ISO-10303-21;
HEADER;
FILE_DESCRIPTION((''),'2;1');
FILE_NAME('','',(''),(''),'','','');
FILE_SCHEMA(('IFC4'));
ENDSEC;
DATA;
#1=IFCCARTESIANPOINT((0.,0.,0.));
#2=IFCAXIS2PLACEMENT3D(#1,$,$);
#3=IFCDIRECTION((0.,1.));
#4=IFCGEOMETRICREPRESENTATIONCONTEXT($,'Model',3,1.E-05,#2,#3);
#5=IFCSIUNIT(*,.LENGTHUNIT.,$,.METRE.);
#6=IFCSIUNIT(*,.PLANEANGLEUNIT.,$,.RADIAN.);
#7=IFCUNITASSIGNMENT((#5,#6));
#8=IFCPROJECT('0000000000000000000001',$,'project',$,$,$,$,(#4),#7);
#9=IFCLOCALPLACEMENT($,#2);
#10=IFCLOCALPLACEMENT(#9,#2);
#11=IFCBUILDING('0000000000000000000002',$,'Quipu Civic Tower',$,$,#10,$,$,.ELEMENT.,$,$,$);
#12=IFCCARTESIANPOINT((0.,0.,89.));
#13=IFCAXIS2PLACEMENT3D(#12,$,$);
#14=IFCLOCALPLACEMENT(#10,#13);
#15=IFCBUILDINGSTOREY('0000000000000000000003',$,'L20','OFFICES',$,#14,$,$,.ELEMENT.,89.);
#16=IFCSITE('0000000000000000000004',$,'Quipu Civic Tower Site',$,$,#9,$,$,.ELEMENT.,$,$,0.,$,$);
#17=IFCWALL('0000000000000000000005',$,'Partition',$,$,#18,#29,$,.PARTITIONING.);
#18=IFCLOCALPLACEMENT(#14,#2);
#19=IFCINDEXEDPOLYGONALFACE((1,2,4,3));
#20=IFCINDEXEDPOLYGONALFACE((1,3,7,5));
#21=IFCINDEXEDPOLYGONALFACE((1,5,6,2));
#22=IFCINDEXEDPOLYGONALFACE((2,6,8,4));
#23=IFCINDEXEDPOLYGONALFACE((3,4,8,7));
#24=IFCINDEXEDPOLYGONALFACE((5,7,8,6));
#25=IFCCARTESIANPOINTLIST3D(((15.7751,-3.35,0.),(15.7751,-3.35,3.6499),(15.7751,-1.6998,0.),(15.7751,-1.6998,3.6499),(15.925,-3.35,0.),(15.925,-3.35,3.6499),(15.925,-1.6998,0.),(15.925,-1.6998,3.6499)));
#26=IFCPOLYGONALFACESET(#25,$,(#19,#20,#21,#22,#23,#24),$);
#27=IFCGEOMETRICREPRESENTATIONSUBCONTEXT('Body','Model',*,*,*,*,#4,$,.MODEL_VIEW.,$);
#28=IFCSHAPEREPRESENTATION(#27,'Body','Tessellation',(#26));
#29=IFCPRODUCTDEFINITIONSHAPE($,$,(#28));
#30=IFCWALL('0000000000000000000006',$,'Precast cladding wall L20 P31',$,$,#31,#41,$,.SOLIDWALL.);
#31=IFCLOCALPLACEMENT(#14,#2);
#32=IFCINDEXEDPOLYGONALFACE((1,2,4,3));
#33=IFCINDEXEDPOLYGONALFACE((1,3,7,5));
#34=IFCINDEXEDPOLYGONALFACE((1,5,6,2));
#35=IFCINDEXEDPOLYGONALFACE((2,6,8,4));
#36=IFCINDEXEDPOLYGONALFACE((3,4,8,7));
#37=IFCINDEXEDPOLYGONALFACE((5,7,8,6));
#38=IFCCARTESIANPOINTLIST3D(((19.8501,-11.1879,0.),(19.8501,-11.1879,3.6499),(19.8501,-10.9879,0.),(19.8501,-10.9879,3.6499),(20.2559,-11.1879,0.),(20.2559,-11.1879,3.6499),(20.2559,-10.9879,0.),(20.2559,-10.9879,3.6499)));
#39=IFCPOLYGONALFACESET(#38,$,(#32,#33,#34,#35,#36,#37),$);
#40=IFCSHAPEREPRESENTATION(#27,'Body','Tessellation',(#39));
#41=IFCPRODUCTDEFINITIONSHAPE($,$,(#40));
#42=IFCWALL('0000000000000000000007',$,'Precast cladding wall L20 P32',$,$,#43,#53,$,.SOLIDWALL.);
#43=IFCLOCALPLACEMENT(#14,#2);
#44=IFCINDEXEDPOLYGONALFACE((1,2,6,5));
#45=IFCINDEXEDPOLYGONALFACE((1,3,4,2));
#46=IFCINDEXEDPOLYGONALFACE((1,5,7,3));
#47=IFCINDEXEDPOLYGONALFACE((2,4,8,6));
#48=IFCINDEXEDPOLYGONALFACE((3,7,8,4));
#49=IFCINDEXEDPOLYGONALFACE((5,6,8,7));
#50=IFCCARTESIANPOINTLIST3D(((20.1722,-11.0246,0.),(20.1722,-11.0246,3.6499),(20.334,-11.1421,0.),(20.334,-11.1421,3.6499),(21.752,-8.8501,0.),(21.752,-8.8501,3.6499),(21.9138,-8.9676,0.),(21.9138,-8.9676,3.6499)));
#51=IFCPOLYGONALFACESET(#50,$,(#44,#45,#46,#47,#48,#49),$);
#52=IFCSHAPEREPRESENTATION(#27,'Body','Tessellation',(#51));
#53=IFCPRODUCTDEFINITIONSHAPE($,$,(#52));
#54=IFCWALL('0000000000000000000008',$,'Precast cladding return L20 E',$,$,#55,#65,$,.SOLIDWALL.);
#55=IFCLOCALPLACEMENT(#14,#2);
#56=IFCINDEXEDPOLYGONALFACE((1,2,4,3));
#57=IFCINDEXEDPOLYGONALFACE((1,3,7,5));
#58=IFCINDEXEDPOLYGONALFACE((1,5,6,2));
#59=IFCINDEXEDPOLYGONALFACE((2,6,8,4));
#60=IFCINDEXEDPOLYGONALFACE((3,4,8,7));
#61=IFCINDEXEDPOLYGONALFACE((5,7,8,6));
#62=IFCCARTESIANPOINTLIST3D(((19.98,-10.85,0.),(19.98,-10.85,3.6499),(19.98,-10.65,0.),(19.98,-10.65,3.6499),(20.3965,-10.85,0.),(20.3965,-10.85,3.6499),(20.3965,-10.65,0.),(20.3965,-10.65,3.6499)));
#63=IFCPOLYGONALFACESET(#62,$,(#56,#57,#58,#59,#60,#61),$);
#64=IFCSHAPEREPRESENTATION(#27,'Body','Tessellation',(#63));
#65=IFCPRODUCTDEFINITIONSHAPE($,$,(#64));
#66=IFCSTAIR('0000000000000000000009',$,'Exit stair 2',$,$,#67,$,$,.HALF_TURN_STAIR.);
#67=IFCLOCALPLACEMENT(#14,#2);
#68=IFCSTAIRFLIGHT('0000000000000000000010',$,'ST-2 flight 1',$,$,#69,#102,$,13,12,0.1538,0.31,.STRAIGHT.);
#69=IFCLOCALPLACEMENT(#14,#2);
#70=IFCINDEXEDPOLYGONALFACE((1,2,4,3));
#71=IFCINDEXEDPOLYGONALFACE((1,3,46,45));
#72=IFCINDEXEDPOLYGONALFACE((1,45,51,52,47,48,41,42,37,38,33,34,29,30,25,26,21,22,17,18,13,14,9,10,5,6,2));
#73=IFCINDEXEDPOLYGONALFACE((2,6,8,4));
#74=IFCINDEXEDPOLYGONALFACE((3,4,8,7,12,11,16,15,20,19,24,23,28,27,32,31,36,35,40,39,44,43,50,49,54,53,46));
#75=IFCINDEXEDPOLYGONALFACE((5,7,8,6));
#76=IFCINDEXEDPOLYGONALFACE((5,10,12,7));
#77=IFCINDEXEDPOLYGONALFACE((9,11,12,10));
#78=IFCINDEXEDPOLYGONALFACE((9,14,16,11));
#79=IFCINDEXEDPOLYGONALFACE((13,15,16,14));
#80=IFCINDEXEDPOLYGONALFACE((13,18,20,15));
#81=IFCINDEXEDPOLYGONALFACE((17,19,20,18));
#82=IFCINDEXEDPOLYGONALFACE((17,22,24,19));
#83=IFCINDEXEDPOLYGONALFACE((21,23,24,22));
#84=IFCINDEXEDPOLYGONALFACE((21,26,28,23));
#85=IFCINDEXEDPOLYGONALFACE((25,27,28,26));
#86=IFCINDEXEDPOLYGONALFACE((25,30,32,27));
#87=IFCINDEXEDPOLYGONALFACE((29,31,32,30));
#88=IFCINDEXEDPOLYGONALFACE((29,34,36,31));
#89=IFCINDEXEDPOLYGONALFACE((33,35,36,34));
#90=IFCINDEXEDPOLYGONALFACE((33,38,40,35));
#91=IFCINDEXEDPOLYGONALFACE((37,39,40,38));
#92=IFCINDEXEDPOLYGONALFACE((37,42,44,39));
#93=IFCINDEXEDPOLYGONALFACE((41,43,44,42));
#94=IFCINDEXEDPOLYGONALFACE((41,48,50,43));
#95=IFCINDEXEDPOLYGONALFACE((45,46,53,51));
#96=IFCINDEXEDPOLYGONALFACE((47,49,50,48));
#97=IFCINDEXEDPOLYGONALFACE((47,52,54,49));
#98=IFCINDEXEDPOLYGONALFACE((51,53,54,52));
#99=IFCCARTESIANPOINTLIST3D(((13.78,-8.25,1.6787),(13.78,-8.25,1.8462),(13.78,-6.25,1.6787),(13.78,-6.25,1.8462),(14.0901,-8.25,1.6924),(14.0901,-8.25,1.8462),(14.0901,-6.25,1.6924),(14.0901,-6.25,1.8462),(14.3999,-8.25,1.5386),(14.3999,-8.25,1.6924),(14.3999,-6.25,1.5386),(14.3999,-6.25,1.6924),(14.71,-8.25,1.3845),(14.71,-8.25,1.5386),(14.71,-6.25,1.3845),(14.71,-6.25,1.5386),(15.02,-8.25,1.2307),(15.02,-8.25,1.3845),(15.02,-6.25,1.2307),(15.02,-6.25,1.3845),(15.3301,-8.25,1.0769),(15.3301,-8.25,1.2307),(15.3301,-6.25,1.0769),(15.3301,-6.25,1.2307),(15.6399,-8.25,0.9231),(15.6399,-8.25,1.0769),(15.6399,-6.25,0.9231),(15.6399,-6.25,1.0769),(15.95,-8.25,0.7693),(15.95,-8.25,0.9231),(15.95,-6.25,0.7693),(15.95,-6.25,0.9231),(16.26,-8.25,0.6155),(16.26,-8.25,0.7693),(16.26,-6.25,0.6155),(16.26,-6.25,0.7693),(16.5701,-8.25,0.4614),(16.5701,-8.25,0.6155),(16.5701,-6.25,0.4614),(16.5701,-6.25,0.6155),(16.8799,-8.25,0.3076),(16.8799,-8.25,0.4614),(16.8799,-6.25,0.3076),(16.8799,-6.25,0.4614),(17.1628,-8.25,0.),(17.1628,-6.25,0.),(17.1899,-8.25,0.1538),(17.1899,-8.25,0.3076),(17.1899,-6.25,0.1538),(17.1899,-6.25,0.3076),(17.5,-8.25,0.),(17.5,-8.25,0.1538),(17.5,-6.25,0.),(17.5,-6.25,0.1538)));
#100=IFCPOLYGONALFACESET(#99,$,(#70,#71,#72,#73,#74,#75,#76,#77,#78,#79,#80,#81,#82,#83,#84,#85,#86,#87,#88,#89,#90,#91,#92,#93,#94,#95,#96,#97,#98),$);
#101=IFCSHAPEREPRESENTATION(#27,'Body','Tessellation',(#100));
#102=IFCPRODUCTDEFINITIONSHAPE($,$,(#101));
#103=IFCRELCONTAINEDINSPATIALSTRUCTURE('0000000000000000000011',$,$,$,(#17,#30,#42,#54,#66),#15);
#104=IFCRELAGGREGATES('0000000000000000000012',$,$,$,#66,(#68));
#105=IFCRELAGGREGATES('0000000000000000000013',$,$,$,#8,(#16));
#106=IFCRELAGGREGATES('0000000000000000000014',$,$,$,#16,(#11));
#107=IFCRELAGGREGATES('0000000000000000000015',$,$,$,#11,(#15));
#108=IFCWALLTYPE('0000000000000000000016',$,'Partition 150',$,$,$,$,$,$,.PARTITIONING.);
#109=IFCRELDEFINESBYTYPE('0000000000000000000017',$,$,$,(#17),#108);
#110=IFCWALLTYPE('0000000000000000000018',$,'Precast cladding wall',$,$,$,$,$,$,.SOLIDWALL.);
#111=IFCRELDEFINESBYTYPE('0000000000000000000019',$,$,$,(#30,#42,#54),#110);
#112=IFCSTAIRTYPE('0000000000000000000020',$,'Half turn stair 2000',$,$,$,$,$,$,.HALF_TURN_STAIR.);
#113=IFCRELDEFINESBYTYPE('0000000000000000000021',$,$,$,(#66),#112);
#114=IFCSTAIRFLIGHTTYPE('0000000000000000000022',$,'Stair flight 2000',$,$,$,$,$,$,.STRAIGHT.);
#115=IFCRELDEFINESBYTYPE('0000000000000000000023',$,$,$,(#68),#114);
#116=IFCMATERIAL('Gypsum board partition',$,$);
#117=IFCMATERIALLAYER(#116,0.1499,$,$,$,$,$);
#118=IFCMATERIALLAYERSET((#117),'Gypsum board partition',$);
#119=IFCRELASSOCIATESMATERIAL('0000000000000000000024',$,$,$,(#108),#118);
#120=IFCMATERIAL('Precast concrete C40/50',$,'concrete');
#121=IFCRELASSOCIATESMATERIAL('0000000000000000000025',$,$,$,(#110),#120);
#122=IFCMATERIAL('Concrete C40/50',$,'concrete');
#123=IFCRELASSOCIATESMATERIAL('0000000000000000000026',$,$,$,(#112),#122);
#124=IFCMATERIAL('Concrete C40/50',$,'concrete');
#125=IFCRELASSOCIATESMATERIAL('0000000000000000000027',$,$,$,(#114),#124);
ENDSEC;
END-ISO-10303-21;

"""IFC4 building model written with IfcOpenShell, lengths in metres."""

from ifc_helpers import new_model, si_unit, direction, frame, frame_2d, origin, place, context, subcontext, project, spatial, polyline, rectangle, outline, extrude, material, layer, layer_set, type_object, element, aggregate, save


model = new_model("IFC4")

# Units and contexts
model_context = context("Model", 3, precision=1e-05, world=origin(), true_north=direction((0.0, 1.0)))
body_context = subcontext(model_context, "Body", "Model", "MODEL_VIEW")
ifc_project = project(units=[si_unit("LENGTHUNIT", "METRE"), si_unit("PLANEANGLEUNIT", "RADIAN")], contexts=[model_context])

# Site, building, storey
site_placement = place(None, origin())
site = spatial("IfcSite", under=ifc_project, at=site_placement, Name="Quipu Civic Tower Site", CompositionType="ELEMENT", RefElevation=0.0)
building_placement = place(site_placement, origin())
building = spatial("IfcBuilding", under=site, at=building_placement, Name="Quipu Civic Tower", CompositionType="ELEMENT")
storey_placement = place(building_placement, frame((0.0, 0.0, 89.0)))
storey = spatial("IfcBuildingStorey", under=building, at=storey_placement, Name="L20", Description="OFFICES", CompositionType="ELEMENT", Elevation=89.0)

# Walls
ifc_material_1 = material(Name="Gypsum board partition")
ifc_layer_1 = layer(ifc_material_1, 0.1499)
ifc_layer_set_1 = layer_set([ifc_layer_1], Name="Gypsum board partition")
wall_type_1 = type_object("IfcWallType", Name="Partition 150", PredefinedType="PARTITIONING", material=ifc_layer_set_1)
wall_1_placement = place(storey_placement, frame((15.8501, -3.3501, 0.0), z_axis=(0.0, 0.0, 1.0), x_axis=(0.0, 1.0, 0.0)))
element("IfcWall", 1, at=wall_1_placement, inside=storey, type_object=wall_type_1, Name="Partition", PredefinedType="PARTITIONING", context=body_context, shape_type="SweptSolid", body=[
    extrude(rectangle(XDim=1.6501, YDim=0.1499, at=frame_2d((0.8252, 0.0))), origin(), (0.0, 0.0, 1.0), 3.6499),
])
ifc_material_2 = material(Name="Precast concrete C40/50", Category="concrete")
wall_type_2 = type_object("IfcWallType", Name="Precast cladding wall", PredefinedType="SOLIDWALL", material=ifc_material_2)
wall_2_placement = place(storey_placement, frame((19.8501, -11.0879, 0.0), z_axis=(0.0, 0.0, 1.0), x_axis=(1.0, 0.0, 0.0)))
element("IfcWall", 2, at=wall_2_placement, inside=storey, type_object=wall_type_2, Name="Precast cladding wall L20 P31", PredefinedType="SOLIDWALL", context=body_context, shape_type="SweptSolid", body=[
    extrude(rectangle(XDim=0.4058, YDim=0.2, at=frame_2d((0.2029, 0.0))), origin(), (0.0, 0.0, 1.0), 3.6499),
])
wall_3_placement = place(storey_placement, frame((20.2532, -11.0833, 0.0), z_axis=(0.0, 0.0, 1.0), x_axis=(0.587767, 0.809031, 0.0)))
element("IfcWall", 3, at=wall_3_placement, inside=storey, type_object=wall_type_2, Name="Precast cladding wall L20 P32", PredefinedType="SOLIDWALL", context=body_context, shape_type="SweptSolid", body=[
    extrude(rectangle(XDim=2.6877, YDim=0.2, at=frame_2d((1.3438, 0.0))), origin(), (0.0, 0.0, 1.0), 3.6499),
])
wall_4_placement = place(storey_placement, frame((19.98, -10.75, 0.0), z_axis=(0.0, 0.0, 1.0), x_axis=(1.0, 0.0, 0.0)))
element("IfcWall", 4, at=wall_4_placement, inside=storey, type_object=wall_type_2, Name="Precast cladding return L20 E", PredefinedType="SOLIDWALL", context=body_context, shape_type="SweptSolid", body=[
    extrude(rectangle(XDim=0.4165, YDim=0.2, at=frame_2d((0.2083, 0.0))), origin(), (0.0, 0.0, 1.0), 3.6499),
])

# Stair, stair flight
ifc_material_3 = material(Name="Concrete C40/50", Category="concrete")
stair_type = type_object("IfcStairType", Name="Half turn stair 2000", PredefinedType="HALF_TURN_STAIR", material=ifc_material_3)
stair_placement = place(storey_placement, origin())
stair = element("IfcStair", 5, at=stair_placement, inside=storey, type_object=stair_type, Name="Exit stair 2", PredefinedType="HALF_TURN_STAIR")
ifc_material_4 = material(Name="Concrete C40/50", Category="concrete")
stair_flight_type = type_object("IfcStairFlightType", Name="Stair flight 2000", PredefinedType="STRAIGHT", material=ifc_material_4)
stair_flight_placement = place(storey_placement, frame((17.5, -7.25, 0.0), z_axis=(0.0, 0.0, 1.0), x_axis=(-1.0, 0.0, 0.0)))
stair_flight = element("IfcStairFlight", 6, at=stair_flight_placement, type_object=stair_flight_type, Name="ST-2 flight 1", NumberOfRisers=13, NumberOfTreads=12, PredefinedType="STRAIGHT", RiserHeight=0.1538, TreadLength=0.31, context=body_context, shape_type="SweptSolid", body=[
    extrude(outline(polyline([(0.0, 0.0), (0.0, 0.1538), (0.3101, 0.1538), (0.3101, 0.3076), (0.6201, 0.3076), (0.6201, 0.4614), (0.9299, 0.4614), (0.9299, 0.6155), (1.24, 0.6155), (1.24, 0.7693), (1.55, 0.7693), (1.55, 0.9231), (1.8601, 0.9231), (1.8601, 1.0769), (2.1699, 1.0769), (2.1699, 1.2307), (2.48, 1.2307), (2.48, 1.3845), (2.79, 1.3845), (2.79, 1.5386), (3.1001, 1.5386), (3.1001, 1.6924), (3.4099, 1.6924), (3.4099, 1.8462), (3.72, 1.8462), (3.72, 2.0), (3.72, 1.6787), (0.3372, 0.0), (0.0, 0.0)])), frame((0.0, 1.0, 0.0), z_axis=(0.0, -1.0, 0.0), x_axis=(1.0, 0.0, 0.0)), (0.0, 0.0, 1.0), 2.0),
])
aggregate(stair, [stair_flight])

save(model, "model.ifc")
